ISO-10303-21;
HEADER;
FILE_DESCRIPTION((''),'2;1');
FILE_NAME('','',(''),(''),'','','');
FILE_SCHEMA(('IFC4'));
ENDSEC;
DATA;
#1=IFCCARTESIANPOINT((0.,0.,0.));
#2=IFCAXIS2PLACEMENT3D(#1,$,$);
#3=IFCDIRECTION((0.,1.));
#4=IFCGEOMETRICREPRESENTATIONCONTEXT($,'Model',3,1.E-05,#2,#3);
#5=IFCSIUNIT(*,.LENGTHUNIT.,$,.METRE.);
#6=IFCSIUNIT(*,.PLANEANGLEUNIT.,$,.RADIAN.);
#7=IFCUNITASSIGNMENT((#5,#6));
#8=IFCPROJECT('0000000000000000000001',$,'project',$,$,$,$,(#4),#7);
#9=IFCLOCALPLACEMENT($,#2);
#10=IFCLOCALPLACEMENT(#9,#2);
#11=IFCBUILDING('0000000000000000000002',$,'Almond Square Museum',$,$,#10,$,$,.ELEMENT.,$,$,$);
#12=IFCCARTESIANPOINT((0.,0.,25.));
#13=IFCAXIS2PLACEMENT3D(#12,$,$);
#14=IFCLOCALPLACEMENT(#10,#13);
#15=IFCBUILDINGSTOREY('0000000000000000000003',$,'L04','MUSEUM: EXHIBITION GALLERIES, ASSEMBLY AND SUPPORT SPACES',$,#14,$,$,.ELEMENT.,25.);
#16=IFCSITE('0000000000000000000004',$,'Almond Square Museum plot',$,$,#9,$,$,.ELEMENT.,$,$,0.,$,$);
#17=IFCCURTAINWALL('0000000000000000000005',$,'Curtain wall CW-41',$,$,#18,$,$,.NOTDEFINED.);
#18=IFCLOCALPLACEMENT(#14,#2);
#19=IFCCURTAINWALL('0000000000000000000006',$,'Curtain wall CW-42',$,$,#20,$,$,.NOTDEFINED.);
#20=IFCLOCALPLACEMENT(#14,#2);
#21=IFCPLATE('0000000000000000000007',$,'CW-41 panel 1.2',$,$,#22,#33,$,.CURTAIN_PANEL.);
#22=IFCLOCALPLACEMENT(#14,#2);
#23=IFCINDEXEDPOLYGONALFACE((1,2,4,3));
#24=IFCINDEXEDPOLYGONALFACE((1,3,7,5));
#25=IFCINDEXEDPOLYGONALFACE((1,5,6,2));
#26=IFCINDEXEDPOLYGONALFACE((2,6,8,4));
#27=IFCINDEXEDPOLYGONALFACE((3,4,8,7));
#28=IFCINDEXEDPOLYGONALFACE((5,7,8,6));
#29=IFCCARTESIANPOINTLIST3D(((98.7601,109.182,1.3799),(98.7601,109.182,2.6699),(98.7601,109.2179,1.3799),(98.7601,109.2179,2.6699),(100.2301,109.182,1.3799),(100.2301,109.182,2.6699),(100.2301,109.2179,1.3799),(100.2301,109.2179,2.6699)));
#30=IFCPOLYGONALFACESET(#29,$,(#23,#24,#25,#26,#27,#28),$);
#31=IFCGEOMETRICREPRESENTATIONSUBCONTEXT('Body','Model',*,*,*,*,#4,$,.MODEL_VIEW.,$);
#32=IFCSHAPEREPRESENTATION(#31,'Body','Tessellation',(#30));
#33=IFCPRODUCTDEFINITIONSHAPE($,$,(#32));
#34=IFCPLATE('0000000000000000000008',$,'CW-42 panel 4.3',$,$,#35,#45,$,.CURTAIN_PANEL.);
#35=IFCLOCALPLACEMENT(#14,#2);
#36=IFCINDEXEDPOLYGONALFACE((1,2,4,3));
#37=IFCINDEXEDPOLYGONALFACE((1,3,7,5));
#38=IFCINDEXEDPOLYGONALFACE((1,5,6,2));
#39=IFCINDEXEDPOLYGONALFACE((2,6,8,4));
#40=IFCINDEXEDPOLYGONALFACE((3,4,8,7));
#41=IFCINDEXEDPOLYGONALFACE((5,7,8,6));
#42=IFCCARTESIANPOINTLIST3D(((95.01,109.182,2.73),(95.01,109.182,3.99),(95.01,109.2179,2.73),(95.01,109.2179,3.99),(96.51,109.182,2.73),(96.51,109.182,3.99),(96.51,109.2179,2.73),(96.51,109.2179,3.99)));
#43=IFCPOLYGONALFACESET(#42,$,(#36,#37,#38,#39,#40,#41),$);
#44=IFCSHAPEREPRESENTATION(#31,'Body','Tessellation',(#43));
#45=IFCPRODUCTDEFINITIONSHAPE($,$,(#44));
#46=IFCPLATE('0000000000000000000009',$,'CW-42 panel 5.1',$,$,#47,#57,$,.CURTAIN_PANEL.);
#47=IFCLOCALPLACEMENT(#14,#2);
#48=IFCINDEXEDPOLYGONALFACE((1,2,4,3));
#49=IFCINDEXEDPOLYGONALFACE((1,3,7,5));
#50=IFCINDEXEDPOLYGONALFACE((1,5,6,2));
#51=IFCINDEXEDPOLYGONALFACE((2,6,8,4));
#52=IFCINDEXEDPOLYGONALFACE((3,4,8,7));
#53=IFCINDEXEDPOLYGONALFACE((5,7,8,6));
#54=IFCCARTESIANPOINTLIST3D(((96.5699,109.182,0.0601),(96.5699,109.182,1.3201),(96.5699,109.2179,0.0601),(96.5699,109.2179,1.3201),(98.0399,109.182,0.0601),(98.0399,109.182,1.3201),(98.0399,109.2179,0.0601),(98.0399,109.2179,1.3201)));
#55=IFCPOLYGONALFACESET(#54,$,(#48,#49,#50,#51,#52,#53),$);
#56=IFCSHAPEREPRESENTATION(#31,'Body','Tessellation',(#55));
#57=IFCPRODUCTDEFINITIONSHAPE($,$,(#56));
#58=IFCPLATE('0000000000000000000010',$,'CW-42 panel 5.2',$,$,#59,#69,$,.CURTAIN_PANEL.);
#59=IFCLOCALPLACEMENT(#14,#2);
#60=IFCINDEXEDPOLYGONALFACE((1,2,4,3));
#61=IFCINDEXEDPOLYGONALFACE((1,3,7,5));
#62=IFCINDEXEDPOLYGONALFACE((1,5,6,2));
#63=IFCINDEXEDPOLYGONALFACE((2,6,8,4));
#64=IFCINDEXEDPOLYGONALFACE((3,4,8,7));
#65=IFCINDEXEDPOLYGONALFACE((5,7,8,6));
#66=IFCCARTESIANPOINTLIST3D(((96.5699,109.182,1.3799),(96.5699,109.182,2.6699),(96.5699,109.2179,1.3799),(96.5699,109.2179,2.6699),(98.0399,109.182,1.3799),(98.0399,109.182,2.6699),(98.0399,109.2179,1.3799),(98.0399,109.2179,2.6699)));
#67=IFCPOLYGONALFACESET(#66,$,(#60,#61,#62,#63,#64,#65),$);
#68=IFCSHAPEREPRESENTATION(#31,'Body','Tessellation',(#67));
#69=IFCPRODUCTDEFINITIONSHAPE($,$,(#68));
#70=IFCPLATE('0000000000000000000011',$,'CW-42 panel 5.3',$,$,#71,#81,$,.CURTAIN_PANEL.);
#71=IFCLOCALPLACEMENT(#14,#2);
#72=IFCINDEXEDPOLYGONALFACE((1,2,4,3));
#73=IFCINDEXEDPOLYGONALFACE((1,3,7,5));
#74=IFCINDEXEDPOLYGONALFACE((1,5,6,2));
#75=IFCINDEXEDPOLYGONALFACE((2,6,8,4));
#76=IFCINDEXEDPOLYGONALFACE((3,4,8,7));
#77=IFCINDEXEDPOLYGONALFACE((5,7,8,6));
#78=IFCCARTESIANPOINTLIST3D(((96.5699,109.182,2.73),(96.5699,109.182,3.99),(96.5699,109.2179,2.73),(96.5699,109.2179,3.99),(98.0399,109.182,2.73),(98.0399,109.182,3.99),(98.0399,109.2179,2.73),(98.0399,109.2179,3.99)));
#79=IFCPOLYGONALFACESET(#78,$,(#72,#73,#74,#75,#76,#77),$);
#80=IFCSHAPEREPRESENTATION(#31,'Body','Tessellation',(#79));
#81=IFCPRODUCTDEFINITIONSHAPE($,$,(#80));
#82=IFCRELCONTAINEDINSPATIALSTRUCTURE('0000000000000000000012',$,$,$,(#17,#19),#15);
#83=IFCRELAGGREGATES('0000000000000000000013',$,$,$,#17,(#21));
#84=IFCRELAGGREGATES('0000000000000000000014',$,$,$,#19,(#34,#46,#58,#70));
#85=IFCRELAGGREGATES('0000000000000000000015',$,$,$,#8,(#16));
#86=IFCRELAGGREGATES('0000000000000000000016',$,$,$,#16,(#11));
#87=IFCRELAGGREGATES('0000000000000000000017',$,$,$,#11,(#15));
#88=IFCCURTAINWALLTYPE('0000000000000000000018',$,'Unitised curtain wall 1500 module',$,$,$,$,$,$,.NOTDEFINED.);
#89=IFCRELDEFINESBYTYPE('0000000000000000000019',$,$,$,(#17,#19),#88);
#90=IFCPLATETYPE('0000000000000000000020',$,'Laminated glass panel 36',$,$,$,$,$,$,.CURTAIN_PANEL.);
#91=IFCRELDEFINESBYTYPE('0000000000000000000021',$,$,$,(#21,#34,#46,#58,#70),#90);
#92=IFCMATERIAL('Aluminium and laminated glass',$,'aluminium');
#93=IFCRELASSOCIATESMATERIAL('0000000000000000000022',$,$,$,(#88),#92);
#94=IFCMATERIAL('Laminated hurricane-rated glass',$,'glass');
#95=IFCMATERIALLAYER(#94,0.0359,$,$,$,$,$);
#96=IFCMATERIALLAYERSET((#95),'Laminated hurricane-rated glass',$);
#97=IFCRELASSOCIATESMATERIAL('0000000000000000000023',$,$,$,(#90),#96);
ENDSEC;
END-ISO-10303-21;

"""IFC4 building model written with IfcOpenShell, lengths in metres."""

from ifc_helpers import new_model, si_unit, direction, frame, origin, origin_2d, place, context, subcontext, project, spatial, rectangle, extrude, material, layer, layer_set, type_object, element, aggregate, save


model = new_model("IFC4")

# Units and contexts
model_context = context("Model", 3, precision=1e-05, world=origin(), true_north=direction((0.0, 1.0)))
body_context = subcontext(model_context, "Body", "Model", "MODEL_VIEW")
ifc_project = project(units=[si_unit("LENGTHUNIT", "METRE"), si_unit("PLANEANGLEUNIT", "RADIAN")], contexts=[model_context])

# Site, building, storey
site_placement = place(None, origin())
site = spatial("IfcSite", under=ifc_project, at=site_placement, Name="Almond Square Museum plot", CompositionType="ELEMENT", RefElevation=0.0)
building_placement = place(site_placement, origin())
building = spatial("IfcBuilding", under=site, at=building_placement, Name="Almond Square Museum", CompositionType="ELEMENT")
storey_placement = place(building_placement, frame((0.0, 0.0, 25.0)))
storey = spatial("IfcBuildingStorey", under=building, at=storey_placement, Name="L04", Description="MUSEUM: EXHIBITION GALLERIES, ASSEMBLY AND SUPPORT SPACES", CompositionType="ELEMENT", Elevation=25.0)

# Curtain wall
ifc_material_1 = material(Name="Aluminium and laminated glass", Category="aluminium")
curtain_wall_type = type_object("IfcCurtainWallType", Name="Unitised curtain wall 1500 module", PredefinedType="NOTDEFINED", material=ifc_material_1)
curtain_wall_1_placement = place(storey_placement, origin())
curtain_wall_1 = element("IfcCurtainWall", 1, at=curtain_wall_1_placement, inside=storey, type_object=curtain_wall_type, Name="Curtain wall CW-41", PredefinedType="NOTDEFINED")

# Curtain wall
curtain_wall_2_placement = place(storey_placement, origin())
curtain_wall_2 = element("IfcCurtainWall", 2, at=curtain_wall_2_placement, inside=storey, type_object=curtain_wall_type, Name="Curtain wall CW-42", PredefinedType="NOTDEFINED")

# Plates
ifc_material_2 = material(Name="Laminated hurricane-rated glass", Category="glass")
ifc_layer = layer(ifc_material_2, 0.0359)
ifc_layer_set = layer_set([ifc_layer], Name="Laminated hurricane-rated glass")
plate_type = type_object("IfcPlateType", Name="Laminated glass panel 36", PredefinedType="CURTAIN_PANEL", material=ifc_layer_set)
plate_1_placement = place(storey_placement, frame((99.4951, 109.2, 1.3799), z_axis=(0.0, 0.0, 1.0), x_axis=(1.0, 0.0, 0.0)))
plate_1 = element("IfcPlate", 3, at=plate_1_placement, type_object=plate_type, Name="CW-41 panel 1.2", PredefinedType="CURTAIN_PANEL", context=body_context, shape_type="SweptSolid", body=[
    extrude(rectangle(XDim=1.47, YDim=0.0359, at=origin_2d()), origin(), (0.0, 0.0, 1.0), 1.29),
])
aggregate(curtain_wall_1, [plate_1])
plate_2_placement = place(storey_placement, frame((95.76, 109.2, 2.73), z_axis=(0.0, 0.0, 1.0), x_axis=(1.0, 0.0, 0.0)))
plate_2 = element("IfcPlate", 4, at=plate_2_placement, type_object=plate_type, Name="CW-42 panel 4.3", PredefinedType="CURTAIN_PANEL", context=body_context, shape_type="SweptSolid", body=[
    extrude(rectangle(XDim=1.5, YDim=0.0359, at=origin_2d()), origin(), (0.0, 0.0, 1.0), 1.26),
])
plate_3_placement = place(storey_placement, frame((97.3049, 109.2, 0.0601), z_axis=(0.0, 0.0, 1.0), x_axis=(1.0, 0.0, 0.0)))
plate_3 = element("IfcPlate", 5, at=plate_3_placement, type_object=plate_type, Name="CW-42 panel 5.1", PredefinedType="CURTAIN_PANEL", context=body_context, shape_type="SweptSolid", body=[
    extrude(rectangle(XDim=1.47, YDim=0.0359, at=origin_2d()), origin(), (0.0, 0.0, 1.0), 1.26),
])
plate_4_placement = place(storey_placement, frame((97.3049, 109.2, 1.3799), z_axis=(0.0, 0.0, 1.0), x_axis=(1.0, 0.0, 0.0)))
plate_4 = element("IfcPlate", 6, at=plate_4_placement, type_object=plate_type, Name="CW-42 panel 5.2", PredefinedType="CURTAIN_PANEL", context=body_context, shape_type="SweptSolid", body=[
    extrude(rectangle(XDim=1.47, YDim=0.0359, at=origin_2d()), origin(), (0.0, 0.0, 1.0), 1.29),
])
plate_5_placement = place(storey_placement, frame((97.3049, 109.2, 2.73), z_axis=(0.0, 0.0, 1.0), x_axis=(1.0, 0.0, 0.0)))
plate_5 = element("IfcPlate", 7, at=plate_5_placement, type_object=plate_type, Name="CW-42 panel 5.3", PredefinedType="CURTAIN_PANEL", context=body_context, shape_type="SweptSolid", body=[
    extrude(rectangle(XDim=1.47, YDim=0.0359, at=origin_2d()), origin(), (0.0, 0.0, 1.0), 1.26),
])
aggregate(curtain_wall_2, [plate_2, plate_3, plate_4, plate_5])

save(model, "model.ifc")
